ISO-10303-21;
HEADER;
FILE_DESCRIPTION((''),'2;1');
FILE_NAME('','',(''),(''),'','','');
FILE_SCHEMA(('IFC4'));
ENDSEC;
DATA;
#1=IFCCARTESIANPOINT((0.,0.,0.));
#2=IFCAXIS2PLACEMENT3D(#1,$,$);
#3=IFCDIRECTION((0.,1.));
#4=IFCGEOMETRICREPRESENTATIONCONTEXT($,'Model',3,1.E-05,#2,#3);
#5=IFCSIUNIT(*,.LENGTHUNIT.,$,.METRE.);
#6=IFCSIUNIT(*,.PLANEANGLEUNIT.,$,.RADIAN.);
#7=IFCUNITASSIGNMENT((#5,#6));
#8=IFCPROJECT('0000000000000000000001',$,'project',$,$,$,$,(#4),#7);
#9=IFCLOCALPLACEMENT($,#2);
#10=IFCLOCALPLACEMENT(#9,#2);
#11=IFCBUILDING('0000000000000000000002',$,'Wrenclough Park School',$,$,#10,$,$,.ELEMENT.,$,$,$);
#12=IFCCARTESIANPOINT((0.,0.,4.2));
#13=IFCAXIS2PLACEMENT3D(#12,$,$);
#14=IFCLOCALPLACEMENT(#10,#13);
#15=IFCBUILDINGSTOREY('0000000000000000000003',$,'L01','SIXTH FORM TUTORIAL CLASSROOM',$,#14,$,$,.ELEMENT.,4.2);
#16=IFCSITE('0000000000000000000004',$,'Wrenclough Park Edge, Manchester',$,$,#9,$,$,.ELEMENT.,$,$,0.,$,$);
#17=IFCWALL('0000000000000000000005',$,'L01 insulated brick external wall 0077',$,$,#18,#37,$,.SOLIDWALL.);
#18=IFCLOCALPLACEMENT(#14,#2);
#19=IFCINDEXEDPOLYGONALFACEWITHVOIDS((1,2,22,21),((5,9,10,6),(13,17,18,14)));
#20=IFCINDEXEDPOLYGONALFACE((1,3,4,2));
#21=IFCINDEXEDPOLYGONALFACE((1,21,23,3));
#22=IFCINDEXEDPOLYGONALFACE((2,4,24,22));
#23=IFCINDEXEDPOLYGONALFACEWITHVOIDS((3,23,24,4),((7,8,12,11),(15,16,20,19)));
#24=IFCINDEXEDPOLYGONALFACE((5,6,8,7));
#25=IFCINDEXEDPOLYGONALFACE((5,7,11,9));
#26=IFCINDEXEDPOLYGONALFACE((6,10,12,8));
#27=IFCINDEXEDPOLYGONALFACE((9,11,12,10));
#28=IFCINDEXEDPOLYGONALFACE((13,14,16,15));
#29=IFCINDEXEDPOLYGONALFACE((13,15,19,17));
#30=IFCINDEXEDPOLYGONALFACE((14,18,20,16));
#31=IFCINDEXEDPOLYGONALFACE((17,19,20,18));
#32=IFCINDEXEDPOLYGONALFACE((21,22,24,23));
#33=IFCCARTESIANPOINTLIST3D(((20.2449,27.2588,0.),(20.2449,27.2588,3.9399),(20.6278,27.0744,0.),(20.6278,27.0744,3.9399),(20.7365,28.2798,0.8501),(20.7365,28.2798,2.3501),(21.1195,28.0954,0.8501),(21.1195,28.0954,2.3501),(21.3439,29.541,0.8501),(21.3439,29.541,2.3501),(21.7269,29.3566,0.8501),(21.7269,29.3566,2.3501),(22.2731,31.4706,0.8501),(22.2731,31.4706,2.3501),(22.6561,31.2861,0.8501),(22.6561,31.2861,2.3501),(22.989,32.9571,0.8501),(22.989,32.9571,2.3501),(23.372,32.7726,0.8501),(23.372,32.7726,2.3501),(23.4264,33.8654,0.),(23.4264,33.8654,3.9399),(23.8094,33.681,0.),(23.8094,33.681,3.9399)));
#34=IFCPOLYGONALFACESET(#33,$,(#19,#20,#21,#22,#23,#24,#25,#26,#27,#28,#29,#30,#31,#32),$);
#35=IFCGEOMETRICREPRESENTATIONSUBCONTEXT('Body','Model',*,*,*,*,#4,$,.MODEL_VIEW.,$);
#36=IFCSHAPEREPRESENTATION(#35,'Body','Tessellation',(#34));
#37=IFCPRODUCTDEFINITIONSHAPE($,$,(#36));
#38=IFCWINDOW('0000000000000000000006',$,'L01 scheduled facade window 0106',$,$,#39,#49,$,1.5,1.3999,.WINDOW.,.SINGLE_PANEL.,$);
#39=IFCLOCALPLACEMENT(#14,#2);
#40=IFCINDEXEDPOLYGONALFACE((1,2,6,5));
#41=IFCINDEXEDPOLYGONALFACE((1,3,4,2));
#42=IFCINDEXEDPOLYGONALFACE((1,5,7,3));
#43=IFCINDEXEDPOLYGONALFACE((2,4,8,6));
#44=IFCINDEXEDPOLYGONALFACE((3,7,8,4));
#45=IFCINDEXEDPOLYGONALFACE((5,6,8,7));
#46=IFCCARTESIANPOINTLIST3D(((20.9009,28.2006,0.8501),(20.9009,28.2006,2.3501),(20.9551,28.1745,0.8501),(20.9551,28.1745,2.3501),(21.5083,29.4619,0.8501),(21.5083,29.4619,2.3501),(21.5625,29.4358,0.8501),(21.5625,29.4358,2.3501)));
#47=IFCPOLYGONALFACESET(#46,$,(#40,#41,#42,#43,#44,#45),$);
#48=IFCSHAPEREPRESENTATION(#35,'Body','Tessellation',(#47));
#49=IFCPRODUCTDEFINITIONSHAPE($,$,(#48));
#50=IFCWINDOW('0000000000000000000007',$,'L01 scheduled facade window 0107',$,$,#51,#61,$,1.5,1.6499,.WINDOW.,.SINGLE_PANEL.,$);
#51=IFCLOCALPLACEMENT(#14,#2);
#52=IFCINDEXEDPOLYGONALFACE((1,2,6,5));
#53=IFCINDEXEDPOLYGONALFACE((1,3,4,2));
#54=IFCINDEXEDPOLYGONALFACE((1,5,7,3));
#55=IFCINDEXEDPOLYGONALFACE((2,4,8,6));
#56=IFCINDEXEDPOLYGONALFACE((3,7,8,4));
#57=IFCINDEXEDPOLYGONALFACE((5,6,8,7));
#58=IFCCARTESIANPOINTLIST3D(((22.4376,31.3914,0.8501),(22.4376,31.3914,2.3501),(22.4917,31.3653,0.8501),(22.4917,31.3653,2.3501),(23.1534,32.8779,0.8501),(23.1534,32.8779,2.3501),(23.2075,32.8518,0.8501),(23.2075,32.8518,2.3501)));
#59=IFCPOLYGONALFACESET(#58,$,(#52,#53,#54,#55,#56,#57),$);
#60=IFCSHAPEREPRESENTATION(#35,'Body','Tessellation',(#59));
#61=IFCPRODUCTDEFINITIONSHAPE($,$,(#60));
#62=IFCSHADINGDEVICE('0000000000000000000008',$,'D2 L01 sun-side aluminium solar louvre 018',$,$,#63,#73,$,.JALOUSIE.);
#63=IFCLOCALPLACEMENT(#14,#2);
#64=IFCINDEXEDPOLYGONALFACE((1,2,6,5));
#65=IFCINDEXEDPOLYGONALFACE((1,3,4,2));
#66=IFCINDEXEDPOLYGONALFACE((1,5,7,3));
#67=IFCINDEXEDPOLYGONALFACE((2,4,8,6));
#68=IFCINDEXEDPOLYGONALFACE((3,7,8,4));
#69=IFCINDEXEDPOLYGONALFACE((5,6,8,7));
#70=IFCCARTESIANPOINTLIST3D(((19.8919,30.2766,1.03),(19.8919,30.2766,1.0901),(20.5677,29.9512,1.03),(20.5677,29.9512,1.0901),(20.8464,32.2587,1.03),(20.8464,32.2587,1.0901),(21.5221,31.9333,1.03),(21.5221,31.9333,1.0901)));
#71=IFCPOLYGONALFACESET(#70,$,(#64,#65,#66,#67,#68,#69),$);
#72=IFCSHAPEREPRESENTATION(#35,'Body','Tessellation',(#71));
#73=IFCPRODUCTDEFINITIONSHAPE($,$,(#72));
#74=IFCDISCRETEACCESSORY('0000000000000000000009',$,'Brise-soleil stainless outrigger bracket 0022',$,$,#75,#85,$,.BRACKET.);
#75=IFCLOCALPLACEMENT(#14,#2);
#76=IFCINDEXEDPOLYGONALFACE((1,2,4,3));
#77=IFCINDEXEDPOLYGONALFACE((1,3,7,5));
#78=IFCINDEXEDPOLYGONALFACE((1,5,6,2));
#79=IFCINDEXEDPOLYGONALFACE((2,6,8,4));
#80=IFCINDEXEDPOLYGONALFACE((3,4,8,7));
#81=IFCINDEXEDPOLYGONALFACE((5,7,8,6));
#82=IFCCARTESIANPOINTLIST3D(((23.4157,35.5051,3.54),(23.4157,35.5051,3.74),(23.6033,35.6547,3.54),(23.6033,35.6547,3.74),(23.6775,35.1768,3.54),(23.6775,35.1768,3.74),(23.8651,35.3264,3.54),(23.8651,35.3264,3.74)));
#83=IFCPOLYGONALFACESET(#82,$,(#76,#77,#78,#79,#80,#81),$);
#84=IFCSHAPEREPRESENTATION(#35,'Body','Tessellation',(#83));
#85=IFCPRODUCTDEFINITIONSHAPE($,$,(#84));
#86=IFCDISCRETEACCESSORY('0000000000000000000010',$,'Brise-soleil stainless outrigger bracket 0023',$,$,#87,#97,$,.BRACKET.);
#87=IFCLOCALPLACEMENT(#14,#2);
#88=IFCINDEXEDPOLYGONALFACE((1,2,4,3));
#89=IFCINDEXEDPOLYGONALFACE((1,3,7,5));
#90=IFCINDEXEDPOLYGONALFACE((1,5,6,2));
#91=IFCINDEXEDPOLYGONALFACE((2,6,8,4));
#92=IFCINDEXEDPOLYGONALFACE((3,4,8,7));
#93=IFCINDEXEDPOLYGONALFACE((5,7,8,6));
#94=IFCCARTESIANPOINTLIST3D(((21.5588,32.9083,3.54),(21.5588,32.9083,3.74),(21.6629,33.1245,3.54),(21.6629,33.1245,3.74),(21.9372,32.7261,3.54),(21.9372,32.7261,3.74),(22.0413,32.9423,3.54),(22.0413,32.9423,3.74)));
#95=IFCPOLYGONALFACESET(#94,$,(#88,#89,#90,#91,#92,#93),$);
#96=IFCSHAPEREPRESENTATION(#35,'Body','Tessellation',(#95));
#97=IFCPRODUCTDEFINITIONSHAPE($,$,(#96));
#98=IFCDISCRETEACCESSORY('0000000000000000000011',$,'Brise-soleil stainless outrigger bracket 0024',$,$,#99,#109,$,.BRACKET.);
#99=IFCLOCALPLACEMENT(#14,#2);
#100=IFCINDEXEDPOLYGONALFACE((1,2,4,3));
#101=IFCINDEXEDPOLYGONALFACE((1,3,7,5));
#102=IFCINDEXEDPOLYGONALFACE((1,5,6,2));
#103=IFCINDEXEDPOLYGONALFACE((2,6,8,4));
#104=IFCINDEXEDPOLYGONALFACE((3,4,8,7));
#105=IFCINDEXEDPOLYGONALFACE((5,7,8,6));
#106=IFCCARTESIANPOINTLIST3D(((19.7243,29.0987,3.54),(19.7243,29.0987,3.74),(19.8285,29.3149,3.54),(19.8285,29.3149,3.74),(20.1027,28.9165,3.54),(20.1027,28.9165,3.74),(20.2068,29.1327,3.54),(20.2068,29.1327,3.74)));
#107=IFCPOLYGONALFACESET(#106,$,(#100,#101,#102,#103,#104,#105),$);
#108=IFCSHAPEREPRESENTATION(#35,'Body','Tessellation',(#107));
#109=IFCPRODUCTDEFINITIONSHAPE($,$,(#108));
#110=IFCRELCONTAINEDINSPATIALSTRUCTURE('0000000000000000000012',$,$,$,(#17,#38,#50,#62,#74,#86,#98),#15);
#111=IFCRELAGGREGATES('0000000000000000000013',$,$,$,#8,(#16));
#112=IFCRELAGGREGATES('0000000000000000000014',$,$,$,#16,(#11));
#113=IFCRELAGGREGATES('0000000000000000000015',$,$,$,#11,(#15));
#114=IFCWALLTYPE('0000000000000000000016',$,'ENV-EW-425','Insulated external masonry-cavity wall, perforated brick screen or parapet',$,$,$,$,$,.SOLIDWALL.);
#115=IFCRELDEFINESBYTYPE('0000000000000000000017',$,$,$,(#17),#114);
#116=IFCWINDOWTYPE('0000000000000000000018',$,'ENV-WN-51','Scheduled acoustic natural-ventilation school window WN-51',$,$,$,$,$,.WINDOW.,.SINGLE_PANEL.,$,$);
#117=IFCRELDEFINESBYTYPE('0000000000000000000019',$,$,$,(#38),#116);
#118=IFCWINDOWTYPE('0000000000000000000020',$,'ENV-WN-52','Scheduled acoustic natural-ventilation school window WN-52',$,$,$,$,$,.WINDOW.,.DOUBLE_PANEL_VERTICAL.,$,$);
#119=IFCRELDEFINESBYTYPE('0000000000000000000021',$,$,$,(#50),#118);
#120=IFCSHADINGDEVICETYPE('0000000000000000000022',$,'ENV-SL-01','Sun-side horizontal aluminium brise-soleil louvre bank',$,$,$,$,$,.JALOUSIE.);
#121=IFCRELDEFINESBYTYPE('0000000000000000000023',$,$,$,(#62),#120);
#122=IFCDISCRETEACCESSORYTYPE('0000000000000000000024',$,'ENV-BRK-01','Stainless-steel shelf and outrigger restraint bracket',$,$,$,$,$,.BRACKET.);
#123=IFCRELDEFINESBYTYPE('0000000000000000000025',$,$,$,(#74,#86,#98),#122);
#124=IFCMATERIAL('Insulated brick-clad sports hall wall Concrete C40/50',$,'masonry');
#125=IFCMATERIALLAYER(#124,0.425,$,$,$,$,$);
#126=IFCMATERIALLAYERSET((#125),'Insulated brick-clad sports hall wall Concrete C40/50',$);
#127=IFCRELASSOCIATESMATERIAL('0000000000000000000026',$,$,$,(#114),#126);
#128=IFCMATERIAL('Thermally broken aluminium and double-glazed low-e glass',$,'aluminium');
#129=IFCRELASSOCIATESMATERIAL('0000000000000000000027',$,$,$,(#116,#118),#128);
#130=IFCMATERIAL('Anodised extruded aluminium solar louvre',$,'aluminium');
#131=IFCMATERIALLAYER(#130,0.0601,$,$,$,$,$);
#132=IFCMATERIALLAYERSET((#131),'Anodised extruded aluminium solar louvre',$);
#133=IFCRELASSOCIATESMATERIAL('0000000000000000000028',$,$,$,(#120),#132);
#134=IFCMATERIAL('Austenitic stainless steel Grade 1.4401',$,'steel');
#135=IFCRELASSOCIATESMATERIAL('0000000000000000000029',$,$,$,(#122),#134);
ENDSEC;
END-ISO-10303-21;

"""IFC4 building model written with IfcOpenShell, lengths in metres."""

from ifc_helpers import new_model, si_unit, direction, frame, frame_2d, origin, origin_2d, place, context, subcontext, project, spatial, rectangle, extrude, material, layer, layer_set, type_object, element, fill, save


model = new_model("IFC4")

# Units and contexts
model_context = context("Model", 3, precision=1e-05, world=origin(), true_north=direction((0.0, 1.0)))
body_context = subcontext(model_context, "Body", "Model", "MODEL_VIEW")
ifc_project = project(units=[si_unit("LENGTHUNIT", "METRE"), si_unit("PLANEANGLEUNIT", "RADIAN")], contexts=[model_context])

# Site, building, storey
site_placement = place(None, origin())
site = spatial("IfcSite", under=ifc_project, at=site_placement, Name="Wrenclough Park Edge, Manchester", CompositionType="ELEMENT", RefElevation=0.0)
building_placement = place(site_placement, origin())
building = spatial("IfcBuilding", under=site, at=building_placement, Name="Wrenclough Park School", CompositionType="ELEMENT")
storey_placement = place(building_placement, frame((0.0, 0.0, 4.2)))
storey = spatial("IfcBuildingStorey", under=building, at=storey_placement, Name="L01", Description="SIXTH FORM TUTORIAL CLASSROOM", CompositionType="ELEMENT", Elevation=4.2)

# Wall, openings, windows
ifc_material_1 = material(Name="Insulated brick-clad sports hall wall Concrete C40/50", Category="masonry")
ifc_layer_1 = layer(ifc_material_1, 0.425)
ifc_layer_set_1 = layer_set([ifc_layer_1], Name="Insulated brick-clad sports hall wall Concrete C40/50")
wall_type_1 = type_object("IfcWallType", Name="ENV-EW-425", Description="Insulated external masonry-cavity wall, perforated brick screen or parapet", PredefinedType="SOLIDWALL", material=ifc_layer_set_1)
wall_1_placement = place(storey_placement, frame((20.4363, 27.1665, 0.0), z_axis=(0.0, 0.0, 1.0), x_axis=(0.433887, 0.900967, 0.0)))
wall_1 = element("IfcWall", 1, at=wall_1_placement, inside=storey, type_object=wall_type_1, Name="L01 insulated brick external wall 0077", PredefinedType="SOLIDWALL", context=body_context, shape_type="SweptSolid", body=[
    extrude(rectangle(XDim=7.3328, YDim=0.425, at=frame_2d((3.6665, 0.0))), origin(), (0.0, 0.0, 1.0), 3.9399),
])
opening_1_placement = place(wall_1_placement, frame((1.1333, 0.0, 0.8501)))
opening_1 = element("IfcOpeningElement", 2, at=opening_1_placement, cuts=wall_1, PredefinedType="OPENING", context=body_context, shape_type="SweptSolid", body=[
    extrude(rectangle(XDim=1.3999, YDim=1.5, at=frame_2d((0.7, 0.75))), frame((0.0, 0.2224, 0.0), z_axis=(0.0, -1.0, 0.0), x_axis=(1.0, 0.0, 0.0)), (0.0, 0.0, 1.0), 0.4451),
])
opening_2_placement = place(wall_1_placement, frame((4.6748, 0.0, 0.8501)))
opening_2 = element("IfcOpeningElement", 3, at=opening_2_placement, cuts=wall_1, PredefinedType="OPENING", context=body_context, shape_type="SweptSolid", body=[
    extrude(rectangle(XDim=1.6499, YDim=1.5, at=frame_2d((0.825, 0.75))), frame((0.0, 0.2224, 0.0), z_axis=(0.0, -1.0, 0.0), x_axis=(1.0, 0.0, 0.0)), (0.0, 0.0, 1.0), 0.4451),
])
ifc_material_2 = material(Name="Thermally broken aluminium and double-glazed low-e glass", Category="aluminium")
window_type_1 = type_object("IfcWindowType", Name="ENV-WN-51", Description="Scheduled acoustic natural-ventilation school window WN-51", PartitioningType="SINGLE_PANEL", PredefinedType="WINDOW", material=ifc_material_2)
window_1_placement = place(opening_1_placement, origin())
window_1 = element("IfcWindow", 4, at=window_1_placement, inside=storey, type_object=window_type_1, Name="L01 scheduled facade window 0106", OverallHeight=1.5, OverallWidth=1.3999, PartitioningType="SINGLE_PANEL", PredefinedType="WINDOW", context=body_context, shape_type="SweptSolid", body=[
    extrude(rectangle(XDim=1.3999, YDim=1.5, at=frame_2d((0.7, 0.75))), frame((0.0, 0.03, 0.0), z_axis=(0.0, -1.0, 0.0), x_axis=(1.0, 0.0, 0.0)), (0.0, 0.0, 1.0), 0.0601),
])
fill(opening_1, window_1)
window_type_2 = type_object("IfcWindowType", Name="ENV-WN-52", Description="Scheduled acoustic natural-ventilation school window WN-52", PartitioningType="DOUBLE_PANEL_VERTICAL", PredefinedType="WINDOW", material=ifc_material_2)
window_2_placement = place(opening_2_placement, origin())
window_2 = element("IfcWindow", 5, at=window_2_placement, inside=storey, type_object=window_type_2, Name="L01 scheduled facade window 0107", OverallHeight=1.5, OverallWidth=1.6499, PartitioningType="SINGLE_PANEL", PredefinedType="WINDOW", context=body_context, shape_type="SweptSolid", body=[
    extrude(rectangle(XDim=1.6499, YDim=1.5, at=frame_2d((0.825, 0.75))), frame((0.0, 0.03, 0.0), z_axis=(0.0, -1.0, 0.0), x_axis=(1.0, 0.0, 0.0)), (0.0, 0.0, 1.0), 0.0601),
])
fill(opening_2, window_2)

# Shading device
ifc_material_3 = material(Name="Anodised extruded aluminium solar louvre", Category="aluminium")
ifc_layer_2 = layer(ifc_material_3, 0.0601)
ifc_layer_set_2 = layer_set([ifc_layer_2], Name="Anodised extruded aluminium solar louvre")
shading_device_type = type_object("IfcShadingDeviceType", Name="ENV-SL-01", Description="Sun-side horizontal aluminium brise-soleil louvre bank", PredefinedType="JALOUSIE", material=ifc_layer_set_2)
shading_device_placement = place(storey_placement, frame((20.707, 31.105, 1.03), z_axis=(0.0, 0.0, 1.0), x_axis=(-0.43387, -0.900975, 0.0)))
element("IfcShadingDevice", 6, at=shading_device_placement, inside=storey, type_object=shading_device_type, Name="D2 L01 sun-side aluminium solar louvre 018", PredefinedType="JALOUSIE", context=body_context, shape_type="SweptSolid", body=[
    extrude(rectangle(XDim=2.2, YDim=0.75, at=origin_2d()), origin(), (0.0, 0.0, 1.0), 0.0601),
])

# Discrete accessories
ifc_material_4 = material(Name="Austenitic stainless steel Grade 1.4401", Category="steel")
discrete_accessory_type = type_object("IfcDiscreteAccessoryType", Name="ENV-BRK-01", Description="Stainless-steel shelf and outrigger restraint bracket", PredefinedType="BRACKET", material=ifc_material_4)
for number, where, z_axis, x_axis, name in (
    (7, (23.6404, 35.4158, 3.54), (0.0, 0.0, 1.0), (-0.781833, -0.623487, 0.0), "Brise-soleil stainless outrigger bracket 0022"),
    (8, (21.8, 32.9253, 3.54), (0.0, 0.0, 1.0), (-0.43387, -0.900975, 0.0), "Brise-soleil stainless outrigger bracket 0023"),
    (9, (19.9656, 29.1157, 3.54), (0.0, 0.0, 1.0), (-0.43387, -0.900975, 0.0), "Brise-soleil stainless outrigger bracket 0024"),
):
    element("IfcDiscreteAccessory", number, at=place(storey_placement, frame(where, z_axis=z_axis, x_axis=x_axis)), inside=storey, type_object=discrete_accessory_type, Name=name, PredefinedType="BRACKET", context=body_context, shape_type="SweptSolid", body=[
        extrude(rectangle(XDim=0.24, YDim=0.4199, at=origin_2d()), origin(), (0.0, 0.0, 1.0), 0.2),
    ])

save(model, "model.ifc")
